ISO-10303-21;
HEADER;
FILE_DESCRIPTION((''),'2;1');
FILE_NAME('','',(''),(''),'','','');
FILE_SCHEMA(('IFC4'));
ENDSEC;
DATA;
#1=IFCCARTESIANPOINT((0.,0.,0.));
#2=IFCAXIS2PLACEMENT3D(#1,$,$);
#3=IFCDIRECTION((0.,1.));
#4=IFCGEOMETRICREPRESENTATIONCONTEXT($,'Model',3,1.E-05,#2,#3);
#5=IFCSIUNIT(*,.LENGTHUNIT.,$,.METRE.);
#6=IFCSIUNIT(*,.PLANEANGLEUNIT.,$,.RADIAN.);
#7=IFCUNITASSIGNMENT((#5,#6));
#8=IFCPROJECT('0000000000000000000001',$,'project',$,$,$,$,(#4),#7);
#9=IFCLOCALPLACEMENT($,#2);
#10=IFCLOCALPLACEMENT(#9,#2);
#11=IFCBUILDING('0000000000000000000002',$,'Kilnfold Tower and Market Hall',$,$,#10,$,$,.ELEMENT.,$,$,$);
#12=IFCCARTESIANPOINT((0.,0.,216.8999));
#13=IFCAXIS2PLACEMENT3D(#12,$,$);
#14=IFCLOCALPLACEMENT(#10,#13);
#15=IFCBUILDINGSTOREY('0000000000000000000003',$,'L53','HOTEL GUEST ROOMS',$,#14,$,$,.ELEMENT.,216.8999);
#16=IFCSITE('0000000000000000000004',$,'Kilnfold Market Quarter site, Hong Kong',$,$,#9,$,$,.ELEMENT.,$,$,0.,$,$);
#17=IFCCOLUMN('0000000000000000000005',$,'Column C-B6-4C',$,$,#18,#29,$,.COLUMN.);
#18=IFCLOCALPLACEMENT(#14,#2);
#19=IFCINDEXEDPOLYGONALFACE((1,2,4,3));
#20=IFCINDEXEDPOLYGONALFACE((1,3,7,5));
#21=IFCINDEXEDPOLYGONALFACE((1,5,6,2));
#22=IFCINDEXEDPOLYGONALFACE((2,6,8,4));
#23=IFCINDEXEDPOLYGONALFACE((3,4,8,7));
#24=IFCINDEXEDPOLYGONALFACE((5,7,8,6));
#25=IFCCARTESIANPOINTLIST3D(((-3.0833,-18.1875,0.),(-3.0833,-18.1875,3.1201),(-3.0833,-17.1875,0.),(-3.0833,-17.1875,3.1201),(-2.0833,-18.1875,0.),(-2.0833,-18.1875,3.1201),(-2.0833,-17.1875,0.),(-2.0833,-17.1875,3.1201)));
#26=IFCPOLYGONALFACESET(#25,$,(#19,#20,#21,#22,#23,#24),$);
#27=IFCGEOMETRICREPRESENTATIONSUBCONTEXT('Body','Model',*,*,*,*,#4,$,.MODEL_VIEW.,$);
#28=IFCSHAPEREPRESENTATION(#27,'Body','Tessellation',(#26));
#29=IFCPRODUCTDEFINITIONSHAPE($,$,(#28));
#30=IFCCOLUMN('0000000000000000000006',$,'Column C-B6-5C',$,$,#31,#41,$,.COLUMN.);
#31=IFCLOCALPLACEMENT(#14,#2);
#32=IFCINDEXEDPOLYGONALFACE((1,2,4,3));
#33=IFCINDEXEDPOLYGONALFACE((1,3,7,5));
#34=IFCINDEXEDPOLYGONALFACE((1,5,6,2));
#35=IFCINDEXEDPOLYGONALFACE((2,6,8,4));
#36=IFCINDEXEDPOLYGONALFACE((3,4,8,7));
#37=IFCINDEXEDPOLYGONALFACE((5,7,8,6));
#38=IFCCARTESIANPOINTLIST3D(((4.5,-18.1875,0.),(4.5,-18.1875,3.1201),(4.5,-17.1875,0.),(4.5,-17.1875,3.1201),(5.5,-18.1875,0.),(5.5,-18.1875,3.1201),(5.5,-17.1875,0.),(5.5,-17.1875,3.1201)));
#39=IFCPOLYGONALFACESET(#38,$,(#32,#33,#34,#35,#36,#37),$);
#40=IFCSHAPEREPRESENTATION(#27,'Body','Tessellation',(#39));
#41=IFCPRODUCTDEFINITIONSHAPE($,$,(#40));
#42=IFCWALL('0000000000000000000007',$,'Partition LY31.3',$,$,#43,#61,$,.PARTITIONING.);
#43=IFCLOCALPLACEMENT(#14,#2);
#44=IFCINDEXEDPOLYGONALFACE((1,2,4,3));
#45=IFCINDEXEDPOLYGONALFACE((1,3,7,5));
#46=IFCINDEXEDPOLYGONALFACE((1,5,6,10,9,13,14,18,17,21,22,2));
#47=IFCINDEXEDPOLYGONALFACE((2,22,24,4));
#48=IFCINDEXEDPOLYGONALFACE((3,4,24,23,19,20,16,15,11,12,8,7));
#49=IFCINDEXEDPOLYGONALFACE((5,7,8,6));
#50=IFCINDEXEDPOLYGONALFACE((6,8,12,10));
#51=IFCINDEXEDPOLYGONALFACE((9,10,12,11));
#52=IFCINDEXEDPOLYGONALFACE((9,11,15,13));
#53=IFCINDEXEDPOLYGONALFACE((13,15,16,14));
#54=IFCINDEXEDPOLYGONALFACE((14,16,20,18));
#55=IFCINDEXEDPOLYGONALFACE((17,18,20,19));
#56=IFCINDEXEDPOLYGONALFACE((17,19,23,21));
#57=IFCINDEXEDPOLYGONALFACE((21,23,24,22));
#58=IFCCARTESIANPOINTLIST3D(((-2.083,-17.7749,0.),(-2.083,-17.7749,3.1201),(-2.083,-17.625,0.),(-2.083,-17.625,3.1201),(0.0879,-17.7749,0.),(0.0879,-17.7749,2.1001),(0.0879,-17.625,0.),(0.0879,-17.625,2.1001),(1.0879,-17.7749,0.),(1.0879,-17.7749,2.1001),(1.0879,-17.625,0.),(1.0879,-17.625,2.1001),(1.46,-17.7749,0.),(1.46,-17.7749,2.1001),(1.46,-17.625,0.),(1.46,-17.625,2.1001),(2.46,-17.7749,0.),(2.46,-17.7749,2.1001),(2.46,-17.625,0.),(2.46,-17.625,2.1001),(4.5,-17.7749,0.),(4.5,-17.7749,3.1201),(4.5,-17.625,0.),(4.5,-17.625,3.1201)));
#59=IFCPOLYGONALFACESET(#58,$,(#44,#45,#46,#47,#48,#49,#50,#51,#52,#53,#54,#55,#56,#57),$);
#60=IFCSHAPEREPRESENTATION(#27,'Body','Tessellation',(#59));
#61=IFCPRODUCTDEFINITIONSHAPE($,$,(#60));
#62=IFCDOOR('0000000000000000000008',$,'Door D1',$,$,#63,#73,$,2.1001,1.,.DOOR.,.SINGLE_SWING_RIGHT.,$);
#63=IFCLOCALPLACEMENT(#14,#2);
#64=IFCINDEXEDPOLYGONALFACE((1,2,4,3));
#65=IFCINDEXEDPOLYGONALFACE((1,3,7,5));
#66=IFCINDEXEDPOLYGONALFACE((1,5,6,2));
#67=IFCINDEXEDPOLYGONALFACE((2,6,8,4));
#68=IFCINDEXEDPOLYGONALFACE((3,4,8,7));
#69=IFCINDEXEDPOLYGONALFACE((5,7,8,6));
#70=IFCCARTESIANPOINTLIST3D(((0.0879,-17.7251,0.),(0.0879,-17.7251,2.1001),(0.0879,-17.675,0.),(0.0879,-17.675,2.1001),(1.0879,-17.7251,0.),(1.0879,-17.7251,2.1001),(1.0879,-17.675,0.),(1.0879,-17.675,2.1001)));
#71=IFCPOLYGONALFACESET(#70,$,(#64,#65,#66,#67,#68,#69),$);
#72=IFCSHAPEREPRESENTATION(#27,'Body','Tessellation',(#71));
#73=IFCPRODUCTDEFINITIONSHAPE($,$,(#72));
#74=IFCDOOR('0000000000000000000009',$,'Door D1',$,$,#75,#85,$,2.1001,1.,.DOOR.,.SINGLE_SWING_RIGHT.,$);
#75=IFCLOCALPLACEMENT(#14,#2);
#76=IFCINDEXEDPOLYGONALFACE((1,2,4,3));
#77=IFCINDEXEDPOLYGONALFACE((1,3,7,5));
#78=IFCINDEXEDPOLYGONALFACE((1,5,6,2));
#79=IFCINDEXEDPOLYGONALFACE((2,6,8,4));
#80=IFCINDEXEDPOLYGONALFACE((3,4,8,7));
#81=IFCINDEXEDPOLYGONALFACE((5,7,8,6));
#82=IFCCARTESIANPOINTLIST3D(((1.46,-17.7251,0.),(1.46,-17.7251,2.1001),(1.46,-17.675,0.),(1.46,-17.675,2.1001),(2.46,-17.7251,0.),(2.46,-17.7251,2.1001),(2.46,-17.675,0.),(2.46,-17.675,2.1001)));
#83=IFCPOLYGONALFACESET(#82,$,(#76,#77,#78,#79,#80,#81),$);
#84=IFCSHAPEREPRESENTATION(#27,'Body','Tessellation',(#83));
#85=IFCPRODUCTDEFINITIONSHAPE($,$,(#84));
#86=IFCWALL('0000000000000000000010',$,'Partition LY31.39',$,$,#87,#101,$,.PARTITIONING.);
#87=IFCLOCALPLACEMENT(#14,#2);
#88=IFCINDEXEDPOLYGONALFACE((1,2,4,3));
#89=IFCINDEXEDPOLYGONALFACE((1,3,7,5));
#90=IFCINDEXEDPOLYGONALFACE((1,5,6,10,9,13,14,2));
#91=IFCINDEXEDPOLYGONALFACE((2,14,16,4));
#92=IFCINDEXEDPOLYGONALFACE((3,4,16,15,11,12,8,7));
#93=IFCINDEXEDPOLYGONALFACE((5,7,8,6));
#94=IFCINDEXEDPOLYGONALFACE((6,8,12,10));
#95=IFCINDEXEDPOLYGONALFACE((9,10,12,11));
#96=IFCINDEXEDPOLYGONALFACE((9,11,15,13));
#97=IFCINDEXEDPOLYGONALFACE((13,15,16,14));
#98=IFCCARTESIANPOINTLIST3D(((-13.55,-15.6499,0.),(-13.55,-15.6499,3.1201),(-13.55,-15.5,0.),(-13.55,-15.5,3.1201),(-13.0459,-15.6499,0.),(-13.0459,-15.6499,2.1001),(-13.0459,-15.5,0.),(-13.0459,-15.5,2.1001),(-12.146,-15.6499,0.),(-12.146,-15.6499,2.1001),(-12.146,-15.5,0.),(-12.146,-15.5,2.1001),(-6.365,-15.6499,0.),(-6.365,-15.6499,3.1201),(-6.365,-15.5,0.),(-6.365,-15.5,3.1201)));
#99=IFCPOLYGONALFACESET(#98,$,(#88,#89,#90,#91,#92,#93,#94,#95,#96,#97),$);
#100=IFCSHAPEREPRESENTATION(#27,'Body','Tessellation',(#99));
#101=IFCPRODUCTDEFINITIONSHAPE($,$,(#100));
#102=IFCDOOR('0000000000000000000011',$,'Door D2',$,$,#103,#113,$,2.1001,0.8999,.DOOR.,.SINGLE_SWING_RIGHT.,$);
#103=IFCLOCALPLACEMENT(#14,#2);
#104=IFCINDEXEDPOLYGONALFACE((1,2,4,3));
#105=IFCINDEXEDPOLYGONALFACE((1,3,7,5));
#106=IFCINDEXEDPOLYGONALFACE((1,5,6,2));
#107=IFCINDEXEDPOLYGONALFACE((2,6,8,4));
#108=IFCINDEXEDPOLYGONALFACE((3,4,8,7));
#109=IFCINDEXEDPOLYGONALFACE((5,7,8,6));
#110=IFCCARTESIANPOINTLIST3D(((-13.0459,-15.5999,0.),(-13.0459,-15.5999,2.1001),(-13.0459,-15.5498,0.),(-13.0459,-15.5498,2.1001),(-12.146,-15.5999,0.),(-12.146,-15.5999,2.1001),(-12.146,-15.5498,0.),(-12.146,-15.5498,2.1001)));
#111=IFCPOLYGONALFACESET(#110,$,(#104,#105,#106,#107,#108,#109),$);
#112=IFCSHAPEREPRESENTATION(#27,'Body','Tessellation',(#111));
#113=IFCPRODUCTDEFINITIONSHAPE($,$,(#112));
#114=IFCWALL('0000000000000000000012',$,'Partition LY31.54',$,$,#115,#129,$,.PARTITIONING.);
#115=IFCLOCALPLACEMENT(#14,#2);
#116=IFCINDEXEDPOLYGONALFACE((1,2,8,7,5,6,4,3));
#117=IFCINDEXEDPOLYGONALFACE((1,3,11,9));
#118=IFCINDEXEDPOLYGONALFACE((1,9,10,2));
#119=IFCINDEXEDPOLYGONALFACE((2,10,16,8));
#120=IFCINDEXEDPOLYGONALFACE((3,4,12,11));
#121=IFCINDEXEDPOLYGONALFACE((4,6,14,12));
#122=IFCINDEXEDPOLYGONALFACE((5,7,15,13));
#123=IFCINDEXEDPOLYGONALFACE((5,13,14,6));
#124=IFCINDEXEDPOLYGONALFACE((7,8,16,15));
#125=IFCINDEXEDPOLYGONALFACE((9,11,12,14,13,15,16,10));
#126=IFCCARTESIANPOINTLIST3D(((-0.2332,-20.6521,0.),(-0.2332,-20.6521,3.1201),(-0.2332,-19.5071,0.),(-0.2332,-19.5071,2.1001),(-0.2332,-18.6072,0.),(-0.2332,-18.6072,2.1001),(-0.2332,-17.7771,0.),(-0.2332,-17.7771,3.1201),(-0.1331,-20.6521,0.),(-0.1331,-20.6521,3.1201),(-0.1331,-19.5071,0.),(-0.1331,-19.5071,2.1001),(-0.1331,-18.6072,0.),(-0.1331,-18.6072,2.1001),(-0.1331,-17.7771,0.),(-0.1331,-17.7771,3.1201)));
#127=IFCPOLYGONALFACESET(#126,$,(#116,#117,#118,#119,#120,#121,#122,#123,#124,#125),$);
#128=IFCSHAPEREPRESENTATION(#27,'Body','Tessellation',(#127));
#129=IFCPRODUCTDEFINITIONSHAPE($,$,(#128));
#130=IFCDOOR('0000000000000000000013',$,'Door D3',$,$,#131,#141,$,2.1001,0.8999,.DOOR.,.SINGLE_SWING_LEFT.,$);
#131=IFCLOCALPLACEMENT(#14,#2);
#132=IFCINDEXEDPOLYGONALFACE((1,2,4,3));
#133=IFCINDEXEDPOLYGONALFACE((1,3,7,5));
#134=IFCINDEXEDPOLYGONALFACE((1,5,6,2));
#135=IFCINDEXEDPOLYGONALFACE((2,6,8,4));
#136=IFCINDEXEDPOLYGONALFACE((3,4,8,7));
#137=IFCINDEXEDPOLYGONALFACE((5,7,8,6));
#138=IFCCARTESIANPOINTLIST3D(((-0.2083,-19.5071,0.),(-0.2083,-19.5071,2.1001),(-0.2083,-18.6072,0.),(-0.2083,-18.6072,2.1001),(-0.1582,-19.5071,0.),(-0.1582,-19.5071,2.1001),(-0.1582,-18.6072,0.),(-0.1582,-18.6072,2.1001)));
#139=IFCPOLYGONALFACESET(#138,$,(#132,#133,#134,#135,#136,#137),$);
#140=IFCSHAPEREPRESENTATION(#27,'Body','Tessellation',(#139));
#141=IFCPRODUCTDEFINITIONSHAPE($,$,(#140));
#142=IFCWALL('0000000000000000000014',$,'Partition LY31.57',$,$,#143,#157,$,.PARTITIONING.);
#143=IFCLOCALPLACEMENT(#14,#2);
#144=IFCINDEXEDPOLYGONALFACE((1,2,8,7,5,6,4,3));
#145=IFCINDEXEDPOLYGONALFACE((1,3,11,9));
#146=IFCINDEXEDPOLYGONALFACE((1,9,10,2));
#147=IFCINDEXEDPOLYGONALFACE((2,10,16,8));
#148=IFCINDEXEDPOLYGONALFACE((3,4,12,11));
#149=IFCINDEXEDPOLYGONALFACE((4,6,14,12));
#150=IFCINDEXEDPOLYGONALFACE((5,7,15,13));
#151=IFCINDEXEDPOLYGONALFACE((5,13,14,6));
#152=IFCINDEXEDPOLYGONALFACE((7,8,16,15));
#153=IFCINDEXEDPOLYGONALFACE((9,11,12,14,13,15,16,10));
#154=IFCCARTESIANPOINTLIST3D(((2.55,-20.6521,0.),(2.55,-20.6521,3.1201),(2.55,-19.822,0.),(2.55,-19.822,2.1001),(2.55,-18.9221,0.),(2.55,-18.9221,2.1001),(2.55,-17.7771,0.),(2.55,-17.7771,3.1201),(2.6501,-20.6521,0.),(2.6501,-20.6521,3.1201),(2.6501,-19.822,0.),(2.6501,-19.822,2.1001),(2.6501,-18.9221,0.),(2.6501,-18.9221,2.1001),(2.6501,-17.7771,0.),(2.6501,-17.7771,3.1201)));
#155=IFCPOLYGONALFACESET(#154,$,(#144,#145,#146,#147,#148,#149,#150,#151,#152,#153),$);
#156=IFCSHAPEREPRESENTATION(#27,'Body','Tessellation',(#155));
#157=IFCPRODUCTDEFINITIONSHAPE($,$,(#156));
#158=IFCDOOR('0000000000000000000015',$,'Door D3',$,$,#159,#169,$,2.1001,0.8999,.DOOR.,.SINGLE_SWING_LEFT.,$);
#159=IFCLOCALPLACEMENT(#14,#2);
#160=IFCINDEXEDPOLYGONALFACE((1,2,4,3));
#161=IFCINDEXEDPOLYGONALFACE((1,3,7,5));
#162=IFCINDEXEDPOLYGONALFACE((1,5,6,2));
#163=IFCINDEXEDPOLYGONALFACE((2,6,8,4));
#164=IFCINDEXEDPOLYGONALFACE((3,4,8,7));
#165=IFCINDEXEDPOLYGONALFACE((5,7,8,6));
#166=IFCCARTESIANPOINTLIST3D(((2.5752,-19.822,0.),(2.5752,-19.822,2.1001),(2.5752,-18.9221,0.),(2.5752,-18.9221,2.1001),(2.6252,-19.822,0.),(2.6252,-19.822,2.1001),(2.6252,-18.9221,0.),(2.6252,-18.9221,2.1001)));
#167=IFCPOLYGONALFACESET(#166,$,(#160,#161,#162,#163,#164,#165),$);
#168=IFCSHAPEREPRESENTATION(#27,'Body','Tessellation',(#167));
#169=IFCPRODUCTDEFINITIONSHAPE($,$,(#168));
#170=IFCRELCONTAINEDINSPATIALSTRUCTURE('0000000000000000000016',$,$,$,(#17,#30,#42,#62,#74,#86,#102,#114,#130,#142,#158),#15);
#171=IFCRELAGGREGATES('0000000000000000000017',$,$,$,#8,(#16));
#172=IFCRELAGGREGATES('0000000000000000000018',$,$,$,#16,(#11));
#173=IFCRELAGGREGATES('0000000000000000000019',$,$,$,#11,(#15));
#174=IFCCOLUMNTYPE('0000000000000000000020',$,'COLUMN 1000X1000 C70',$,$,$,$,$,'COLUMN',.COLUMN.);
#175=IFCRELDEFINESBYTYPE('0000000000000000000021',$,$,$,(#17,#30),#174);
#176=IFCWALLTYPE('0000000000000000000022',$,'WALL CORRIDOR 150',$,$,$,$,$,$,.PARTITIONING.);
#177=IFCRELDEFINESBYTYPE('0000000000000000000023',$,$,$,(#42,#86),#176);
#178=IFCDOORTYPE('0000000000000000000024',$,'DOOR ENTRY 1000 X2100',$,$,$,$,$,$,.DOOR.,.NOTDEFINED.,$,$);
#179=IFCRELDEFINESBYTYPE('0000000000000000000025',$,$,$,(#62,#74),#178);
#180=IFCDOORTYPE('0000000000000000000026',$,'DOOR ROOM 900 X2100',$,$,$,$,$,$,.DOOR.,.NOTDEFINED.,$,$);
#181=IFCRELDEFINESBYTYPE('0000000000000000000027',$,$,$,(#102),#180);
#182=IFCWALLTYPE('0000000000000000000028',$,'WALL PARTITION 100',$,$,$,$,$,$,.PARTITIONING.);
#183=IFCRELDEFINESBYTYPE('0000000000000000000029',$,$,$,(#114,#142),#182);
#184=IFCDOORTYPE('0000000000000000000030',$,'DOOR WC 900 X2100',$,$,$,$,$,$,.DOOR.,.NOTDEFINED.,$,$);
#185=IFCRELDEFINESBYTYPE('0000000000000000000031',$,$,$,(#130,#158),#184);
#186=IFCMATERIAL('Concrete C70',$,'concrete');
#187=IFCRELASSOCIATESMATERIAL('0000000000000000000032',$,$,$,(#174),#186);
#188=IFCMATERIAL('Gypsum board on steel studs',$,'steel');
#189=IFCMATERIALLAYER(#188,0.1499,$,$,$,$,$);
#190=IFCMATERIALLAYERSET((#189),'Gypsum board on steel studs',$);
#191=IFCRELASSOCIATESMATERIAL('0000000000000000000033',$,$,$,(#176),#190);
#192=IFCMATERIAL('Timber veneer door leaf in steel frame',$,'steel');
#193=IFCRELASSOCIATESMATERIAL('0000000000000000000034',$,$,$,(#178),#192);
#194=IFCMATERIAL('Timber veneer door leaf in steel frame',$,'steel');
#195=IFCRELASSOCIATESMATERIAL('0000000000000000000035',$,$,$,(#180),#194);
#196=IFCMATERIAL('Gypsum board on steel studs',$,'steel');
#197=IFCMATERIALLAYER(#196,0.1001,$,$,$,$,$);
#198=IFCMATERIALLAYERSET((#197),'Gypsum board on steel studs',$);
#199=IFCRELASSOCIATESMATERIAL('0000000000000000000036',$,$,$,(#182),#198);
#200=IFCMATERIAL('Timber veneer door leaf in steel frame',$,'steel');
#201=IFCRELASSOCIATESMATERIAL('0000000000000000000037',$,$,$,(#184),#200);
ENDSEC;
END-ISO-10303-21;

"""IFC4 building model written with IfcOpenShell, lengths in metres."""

from ifc_helpers import new_model, si_unit, direction, frame, frame_2d, origin, origin_2d, place, context, subcontext, project, spatial, rectangle, extrude, source, transform, mapped, material, layer, layer_set, material_profile, profile_set, type_object, element, fill, save


model = new_model("IFC4")

# Units and contexts
model_context = context("Model", 3, precision=1e-05, world=origin(), true_north=direction((0.0, 1.0)))
body_context = subcontext(model_context, "Body", "Model", "MODEL_VIEW")
ifc_project = project(units=[si_unit("LENGTHUNIT", "METRE"), si_unit("PLANEANGLEUNIT", "RADIAN")], contexts=[model_context])

# Site, building, storey
site_placement = place(None, origin())
site = spatial("IfcSite", under=ifc_project, at=site_placement, Name="Kilnfold Market Quarter site, Hong Kong", CompositionType="ELEMENT", RefElevation=0.0)
building_placement = place(site_placement, origin())
building = spatial("IfcBuilding", under=site, at=building_placement, Name="Kilnfold Tower and Market Hall", CompositionType="ELEMENT")
storey_placement = place(building_placement, frame((0.0, 0.0, 216.8999)))
storey = spatial("IfcBuildingStorey", under=building, at=storey_placement, Name="L53", Description="HOTEL GUEST ROOMS", CompositionType="ELEMENT", Elevation=216.8999)

# Columns
ifc_material_1 = material(Name="Concrete C70", Category="concrete")
ifc_material_profile = material_profile(ifc_material_1, rectangle(XDim=1.0, YDim=1.0, at=origin_2d()), Name="RC 1000x1000")
ifc_profile_set = profile_set([ifc_material_profile], Name="Concrete C70")
column_type = type_object("IfcColumnType", Name="COLUMN 1000X1000 C70", ElementType="COLUMN", PredefinedType="COLUMN", material=ifc_profile_set)
shared_shape = source(origin(), body_context, "Body", "SweptSolid", [
    extrude(rectangle(XDim=1.0, YDim=1.0, at=origin_2d()), origin(), (0.0, 0.0, 1.0), 3.1201),
])
for number, where, z_axis, x_axis, name in (
    (1, (-2.5833, -17.6875, 0.0), (0.0, 0.0, 1.0), (1.0, 0.0, 0.0), "Column C-B6-4C"),
    (2, (5.0, -17.6875, 0.0), (0.0, 0.0, 1.0), (1.0, 0.0, 0.0), "Column C-B6-5C"),
):
    element("IfcColumn", number, at=place(storey_placement, frame(where, z_axis=z_axis, x_axis=x_axis)), inside=storey, type_object=column_type, Name=name, PredefinedType="COLUMN", context=body_context, shape_type="MappedRepresentation", body=[
        mapped(shared_shape, transform((0.0, 0.0, 0.0))),
    ])

# Wall, openings, doors
ifc_material_2 = material(Name="Gypsum board on steel studs", Category="steel")
ifc_layer_1 = layer(ifc_material_2, 0.1499)
ifc_layer_set_1 = layer_set([ifc_layer_1], Name="Gypsum board on steel studs")
wall_type_1 = type_object("IfcWallType", Name="WALL CORRIDOR 150", PredefinedType="PARTITIONING", material=ifc_layer_set_1)
wall_1_placement = place(storey_placement, frame((-2.083, -17.7, 0.0), z_axis=(0.0, 0.0, 1.0), x_axis=(1.0, 0.0, 0.0)))
wall_1 = element("IfcWall", 3, at=wall_1_placement, inside=storey, type_object=wall_type_1, Name="Partition LY31.3", PredefinedType="PARTITIONING", context=body_context, shape_type="SweptSolid", body=[
    extrude(rectangle(XDim=6.583, YDim=0.1499, at=frame_2d((3.2915, 0.0))), origin(), (0.0, 0.0, 1.0), 3.1201),
])
opening_1_placement = place(wall_1_placement, frame((2.1709, 0.0, 0.0)))
opening_1 = element("IfcOpeningElement", 4, at=opening_1_placement, cuts=wall_1, PredefinedType="OPENING", context=body_context, shape_type="SweptSolid", body=[
    extrude(rectangle(XDim=1.0, YDim=2.1001, at=frame_2d((0.5, 1.05))), frame((0.0, 0.085, 0.0), z_axis=(0.0, -1.0, 0.0), x_axis=(1.0, 0.0, 0.0)), (0.0, 0.0, 1.0), 0.1699),
])
opening_2_placement = place(wall_1_placement, frame((3.543, 0.0, 0.0)))
opening_2 = element("IfcOpeningElement", 5, at=opening_2_placement, cuts=wall_1, PredefinedType="OPENING", context=body_context, shape_type="SweptSolid", body=[
    extrude(rectangle(XDim=1.0, YDim=2.1001, at=frame_2d((0.5, 1.05))), frame((0.0, 0.085, 0.0), z_axis=(0.0, -1.0, 0.0), x_axis=(1.0, 0.0, 0.0)), (0.0, 0.0, 1.0), 0.1699),
])
ifc_material_3 = material(Name="Timber veneer door leaf in steel frame", Category="steel")
door_type_1 = type_object("IfcDoorType", Name="DOOR ENTRY 1000 X2100", OperationType="NOTDEFINED", PredefinedType="DOOR", material=ifc_material_3)
door_1_placement = place(opening_1_placement, origin())
door_1 = element("IfcDoor", 6, at=door_1_placement, inside=storey, type_object=door_type_1, Name="Door D1", OperationType="SINGLE_SWING_RIGHT", OverallHeight=2.1001, OverallWidth=1.0, PredefinedType="DOOR", context=body_context, shape_type="SweptSolid", body=[
    extrude(rectangle(XDim=1.0, YDim=2.1001, at=frame_2d((0.5, 1.05))), frame((0.0, 0.0249, 0.0), z_axis=(0.0, -1.0, 0.0), x_axis=(1.0, 0.0, 0.0)), (0.0, 0.0, 1.0), 0.05),
])
fill(opening_1, door_1)
door_2_placement = place(opening_2_placement, origin())
door_2 = element("IfcDoor", 7, at=door_2_placement, inside=storey, type_object=door_type_1, Name="Door D1", OperationType="SINGLE_SWING_RIGHT", OverallHeight=2.1001, OverallWidth=1.0, PredefinedType="DOOR", context=body_context, shape_type="SweptSolid", body=[
    extrude(rectangle(XDim=1.0, YDim=2.1001, at=frame_2d((0.5, 1.05))), frame((0.0, 0.0249, 0.0), z_axis=(0.0, -1.0, 0.0), x_axis=(1.0, 0.0, 0.0)), (0.0, 0.0, 1.0), 0.05),
])
fill(opening_2, door_2)

# Walls, openings, doors
wall_2_placement = place(storey_placement, frame((-6.365, -15.575, 0.0), z_axis=(0.0, 0.0, 1.0), x_axis=(-1.0, 0.0, 0.0)))
wall_2 = element("IfcWall", 8, at=wall_2_placement, inside=storey, type_object=wall_type_1, Name="Partition LY31.39", PredefinedType="PARTITIONING", context=body_context, shape_type="SweptSolid", body=[
    extrude(rectangle(XDim=7.1851, YDim=0.1499, at=frame_2d((3.5925, 0.0))), origin(), (0.0, 0.0, 1.0), 3.1201),
])
opening_3_placement = place(wall_2_placement, frame((5.781, 0.0, 0.0)))
opening_3 = element("IfcOpeningElement", 9, at=opening_3_placement, cuts=wall_2, PredefinedType="OPENING", context=body_context, shape_type="SweptSolid", body=[
    extrude(rectangle(XDim=0.8999, YDim=2.1001, at=frame_2d((0.45, 1.05))), frame((0.0, 0.085, 0.0), z_axis=(0.0, -1.0, 0.0), x_axis=(1.0, 0.0, 0.0)), (0.0, 0.0, 1.0), 0.1699),
])
ifc_material_4 = material(Name="Timber veneer door leaf in steel frame", Category="steel")
door_type_2 = type_object("IfcDoorType", Name="DOOR ROOM 900 X2100", OperationType="NOTDEFINED", PredefinedType="DOOR", material=ifc_material_4)
door_3_placement = place(opening_3_placement, origin())
door_3 = element("IfcDoor", 10, at=door_3_placement, inside=storey, type_object=door_type_2, Name="Door D2", OperationType="SINGLE_SWING_RIGHT", OverallHeight=2.1001, OverallWidth=0.8999, PredefinedType="DOOR", context=body_context, shape_type="SweptSolid", body=[
    extrude(rectangle(XDim=0.8999, YDim=2.1001, at=frame_2d((0.45, 1.05))), frame((0.0, 0.0249, 0.0), z_axis=(0.0, -1.0, 0.0), x_axis=(1.0, 0.0, 0.0)), (0.0, 0.0, 1.0), 0.05),
])
fill(opening_3, door_3)
ifc_material_5 = material(Name="Gypsum board on steel studs", Category="steel")
ifc_layer_2 = layer(ifc_material_5, 0.1001)
ifc_layer_set_2 = layer_set([ifc_layer_2], Name="Gypsum board on steel studs")
wall_type_2 = type_object("IfcWallType", Name="WALL PARTITION 100", PredefinedType="PARTITIONING", material=ifc_layer_set_2)
wall_3_placement = place(storey_placement, frame((-0.1831, -17.7771, 0.0), z_axis=(0.0, 0.0, 1.0), x_axis=(0.0, -1.0, 0.0)))
wall_3 = element("IfcWall", 11, at=wall_3_placement, inside=storey, type_object=wall_type_2, Name="Partition LY31.54", PredefinedType="PARTITIONING", context=body_context, shape_type="SweptSolid", body=[
    extrude(rectangle(XDim=2.875, YDim=0.1001, at=frame_2d((1.4375, 0.0))), origin(), (0.0, 0.0, 1.0), 3.1201),
])
opening_4_placement = place(wall_3_placement, frame((0.8301, 0.0, 0.0)))
opening_4 = element("IfcOpeningElement", 12, at=opening_4_placement, cuts=wall_3, PredefinedType="OPENING", context=body_context, shape_type="SweptSolid", body=[
    extrude(rectangle(XDim=0.8999, YDim=2.1001, at=frame_2d((0.45, 1.05))), frame((0.0, 0.0601, 0.0), z_axis=(0.0, -1.0, 0.0), x_axis=(1.0, 0.0, 0.0)), (0.0, 0.0, 1.0), 0.1201),
])
ifc_material_6 = material(Name="Timber veneer door leaf in steel frame", Category="steel")
door_type_3 = type_object("IfcDoorType", Name="DOOR WC 900 X2100", OperationType="NOTDEFINED", PredefinedType="DOOR", material=ifc_material_6)
door_4_placement = place(opening_4_placement, origin())
door_4 = element("IfcDoor", 13, at=door_4_placement, inside=storey, type_object=door_type_3, Name="Door D3", OperationType="SINGLE_SWING_LEFT", OverallHeight=2.1001, OverallWidth=0.8999, PredefinedType="DOOR", context=body_context, shape_type="SweptSolid", body=[
    extrude(rectangle(XDim=0.8999, YDim=2.1001, at=frame_2d((0.45, 1.05))), frame((0.0, 0.0249, 0.0), z_axis=(0.0, -1.0, 0.0), x_axis=(1.0, 0.0, 0.0)), (0.0, 0.0, 1.0), 0.05),
])
fill(opening_4, door_4)
wall_4_placement = place(storey_placement, frame((2.6001, -20.6521, 0.0), z_axis=(0.0, 0.0, 1.0), x_axis=(0.0, 1.0, 0.0)))
wall_4 = element("IfcWall", 14, at=wall_4_placement, inside=storey, type_object=wall_type_2, Name="Partition LY31.57", PredefinedType="PARTITIONING", context=body_context, shape_type="SweptSolid", body=[
    extrude(rectangle(XDim=2.875, YDim=0.1001, at=frame_2d((1.4375, 0.0))), origin(), (0.0, 0.0, 1.0), 3.1201),
])
opening_5_placement = place(wall_4_placement, frame((0.8301, 0.0, 0.0)))
opening_5 = element("IfcOpeningElement", 15, at=opening_5_placement, cuts=wall_4, PredefinedType="OPENING", context=body_context, shape_type="SweptSolid", body=[
    extrude(rectangle(XDim=0.8999, YDim=2.1001, at=frame_2d((0.45, 1.05))), frame((0.0, 0.0601, 0.0), z_axis=(0.0, -1.0, 0.0), x_axis=(1.0, 0.0, 0.0)), (0.0, 0.0, 1.0), 0.1201),
])
door_5_placement = place(opening_5_placement, origin())
door_5 = element("IfcDoor", 16, at=door_5_placement, inside=storey, type_object=door_type_3, Name="Door D3", OperationType="SINGLE_SWING_LEFT", OverallHeight=2.1001, OverallWidth=0.8999, PredefinedType="DOOR", context=body_context, shape_type="SweptSolid", body=[
    extrude(rectangle(XDim=0.8999, YDim=2.1001, at=frame_2d((0.45, 1.05))), frame((0.0, 0.0249, 0.0), z_axis=(0.0, -1.0, 0.0), x_axis=(1.0, 0.0, 0.0)), (0.0, 0.0, 1.0), 0.05),
])
fill(opening_5, door_5)

save(model, "model.ifc")
